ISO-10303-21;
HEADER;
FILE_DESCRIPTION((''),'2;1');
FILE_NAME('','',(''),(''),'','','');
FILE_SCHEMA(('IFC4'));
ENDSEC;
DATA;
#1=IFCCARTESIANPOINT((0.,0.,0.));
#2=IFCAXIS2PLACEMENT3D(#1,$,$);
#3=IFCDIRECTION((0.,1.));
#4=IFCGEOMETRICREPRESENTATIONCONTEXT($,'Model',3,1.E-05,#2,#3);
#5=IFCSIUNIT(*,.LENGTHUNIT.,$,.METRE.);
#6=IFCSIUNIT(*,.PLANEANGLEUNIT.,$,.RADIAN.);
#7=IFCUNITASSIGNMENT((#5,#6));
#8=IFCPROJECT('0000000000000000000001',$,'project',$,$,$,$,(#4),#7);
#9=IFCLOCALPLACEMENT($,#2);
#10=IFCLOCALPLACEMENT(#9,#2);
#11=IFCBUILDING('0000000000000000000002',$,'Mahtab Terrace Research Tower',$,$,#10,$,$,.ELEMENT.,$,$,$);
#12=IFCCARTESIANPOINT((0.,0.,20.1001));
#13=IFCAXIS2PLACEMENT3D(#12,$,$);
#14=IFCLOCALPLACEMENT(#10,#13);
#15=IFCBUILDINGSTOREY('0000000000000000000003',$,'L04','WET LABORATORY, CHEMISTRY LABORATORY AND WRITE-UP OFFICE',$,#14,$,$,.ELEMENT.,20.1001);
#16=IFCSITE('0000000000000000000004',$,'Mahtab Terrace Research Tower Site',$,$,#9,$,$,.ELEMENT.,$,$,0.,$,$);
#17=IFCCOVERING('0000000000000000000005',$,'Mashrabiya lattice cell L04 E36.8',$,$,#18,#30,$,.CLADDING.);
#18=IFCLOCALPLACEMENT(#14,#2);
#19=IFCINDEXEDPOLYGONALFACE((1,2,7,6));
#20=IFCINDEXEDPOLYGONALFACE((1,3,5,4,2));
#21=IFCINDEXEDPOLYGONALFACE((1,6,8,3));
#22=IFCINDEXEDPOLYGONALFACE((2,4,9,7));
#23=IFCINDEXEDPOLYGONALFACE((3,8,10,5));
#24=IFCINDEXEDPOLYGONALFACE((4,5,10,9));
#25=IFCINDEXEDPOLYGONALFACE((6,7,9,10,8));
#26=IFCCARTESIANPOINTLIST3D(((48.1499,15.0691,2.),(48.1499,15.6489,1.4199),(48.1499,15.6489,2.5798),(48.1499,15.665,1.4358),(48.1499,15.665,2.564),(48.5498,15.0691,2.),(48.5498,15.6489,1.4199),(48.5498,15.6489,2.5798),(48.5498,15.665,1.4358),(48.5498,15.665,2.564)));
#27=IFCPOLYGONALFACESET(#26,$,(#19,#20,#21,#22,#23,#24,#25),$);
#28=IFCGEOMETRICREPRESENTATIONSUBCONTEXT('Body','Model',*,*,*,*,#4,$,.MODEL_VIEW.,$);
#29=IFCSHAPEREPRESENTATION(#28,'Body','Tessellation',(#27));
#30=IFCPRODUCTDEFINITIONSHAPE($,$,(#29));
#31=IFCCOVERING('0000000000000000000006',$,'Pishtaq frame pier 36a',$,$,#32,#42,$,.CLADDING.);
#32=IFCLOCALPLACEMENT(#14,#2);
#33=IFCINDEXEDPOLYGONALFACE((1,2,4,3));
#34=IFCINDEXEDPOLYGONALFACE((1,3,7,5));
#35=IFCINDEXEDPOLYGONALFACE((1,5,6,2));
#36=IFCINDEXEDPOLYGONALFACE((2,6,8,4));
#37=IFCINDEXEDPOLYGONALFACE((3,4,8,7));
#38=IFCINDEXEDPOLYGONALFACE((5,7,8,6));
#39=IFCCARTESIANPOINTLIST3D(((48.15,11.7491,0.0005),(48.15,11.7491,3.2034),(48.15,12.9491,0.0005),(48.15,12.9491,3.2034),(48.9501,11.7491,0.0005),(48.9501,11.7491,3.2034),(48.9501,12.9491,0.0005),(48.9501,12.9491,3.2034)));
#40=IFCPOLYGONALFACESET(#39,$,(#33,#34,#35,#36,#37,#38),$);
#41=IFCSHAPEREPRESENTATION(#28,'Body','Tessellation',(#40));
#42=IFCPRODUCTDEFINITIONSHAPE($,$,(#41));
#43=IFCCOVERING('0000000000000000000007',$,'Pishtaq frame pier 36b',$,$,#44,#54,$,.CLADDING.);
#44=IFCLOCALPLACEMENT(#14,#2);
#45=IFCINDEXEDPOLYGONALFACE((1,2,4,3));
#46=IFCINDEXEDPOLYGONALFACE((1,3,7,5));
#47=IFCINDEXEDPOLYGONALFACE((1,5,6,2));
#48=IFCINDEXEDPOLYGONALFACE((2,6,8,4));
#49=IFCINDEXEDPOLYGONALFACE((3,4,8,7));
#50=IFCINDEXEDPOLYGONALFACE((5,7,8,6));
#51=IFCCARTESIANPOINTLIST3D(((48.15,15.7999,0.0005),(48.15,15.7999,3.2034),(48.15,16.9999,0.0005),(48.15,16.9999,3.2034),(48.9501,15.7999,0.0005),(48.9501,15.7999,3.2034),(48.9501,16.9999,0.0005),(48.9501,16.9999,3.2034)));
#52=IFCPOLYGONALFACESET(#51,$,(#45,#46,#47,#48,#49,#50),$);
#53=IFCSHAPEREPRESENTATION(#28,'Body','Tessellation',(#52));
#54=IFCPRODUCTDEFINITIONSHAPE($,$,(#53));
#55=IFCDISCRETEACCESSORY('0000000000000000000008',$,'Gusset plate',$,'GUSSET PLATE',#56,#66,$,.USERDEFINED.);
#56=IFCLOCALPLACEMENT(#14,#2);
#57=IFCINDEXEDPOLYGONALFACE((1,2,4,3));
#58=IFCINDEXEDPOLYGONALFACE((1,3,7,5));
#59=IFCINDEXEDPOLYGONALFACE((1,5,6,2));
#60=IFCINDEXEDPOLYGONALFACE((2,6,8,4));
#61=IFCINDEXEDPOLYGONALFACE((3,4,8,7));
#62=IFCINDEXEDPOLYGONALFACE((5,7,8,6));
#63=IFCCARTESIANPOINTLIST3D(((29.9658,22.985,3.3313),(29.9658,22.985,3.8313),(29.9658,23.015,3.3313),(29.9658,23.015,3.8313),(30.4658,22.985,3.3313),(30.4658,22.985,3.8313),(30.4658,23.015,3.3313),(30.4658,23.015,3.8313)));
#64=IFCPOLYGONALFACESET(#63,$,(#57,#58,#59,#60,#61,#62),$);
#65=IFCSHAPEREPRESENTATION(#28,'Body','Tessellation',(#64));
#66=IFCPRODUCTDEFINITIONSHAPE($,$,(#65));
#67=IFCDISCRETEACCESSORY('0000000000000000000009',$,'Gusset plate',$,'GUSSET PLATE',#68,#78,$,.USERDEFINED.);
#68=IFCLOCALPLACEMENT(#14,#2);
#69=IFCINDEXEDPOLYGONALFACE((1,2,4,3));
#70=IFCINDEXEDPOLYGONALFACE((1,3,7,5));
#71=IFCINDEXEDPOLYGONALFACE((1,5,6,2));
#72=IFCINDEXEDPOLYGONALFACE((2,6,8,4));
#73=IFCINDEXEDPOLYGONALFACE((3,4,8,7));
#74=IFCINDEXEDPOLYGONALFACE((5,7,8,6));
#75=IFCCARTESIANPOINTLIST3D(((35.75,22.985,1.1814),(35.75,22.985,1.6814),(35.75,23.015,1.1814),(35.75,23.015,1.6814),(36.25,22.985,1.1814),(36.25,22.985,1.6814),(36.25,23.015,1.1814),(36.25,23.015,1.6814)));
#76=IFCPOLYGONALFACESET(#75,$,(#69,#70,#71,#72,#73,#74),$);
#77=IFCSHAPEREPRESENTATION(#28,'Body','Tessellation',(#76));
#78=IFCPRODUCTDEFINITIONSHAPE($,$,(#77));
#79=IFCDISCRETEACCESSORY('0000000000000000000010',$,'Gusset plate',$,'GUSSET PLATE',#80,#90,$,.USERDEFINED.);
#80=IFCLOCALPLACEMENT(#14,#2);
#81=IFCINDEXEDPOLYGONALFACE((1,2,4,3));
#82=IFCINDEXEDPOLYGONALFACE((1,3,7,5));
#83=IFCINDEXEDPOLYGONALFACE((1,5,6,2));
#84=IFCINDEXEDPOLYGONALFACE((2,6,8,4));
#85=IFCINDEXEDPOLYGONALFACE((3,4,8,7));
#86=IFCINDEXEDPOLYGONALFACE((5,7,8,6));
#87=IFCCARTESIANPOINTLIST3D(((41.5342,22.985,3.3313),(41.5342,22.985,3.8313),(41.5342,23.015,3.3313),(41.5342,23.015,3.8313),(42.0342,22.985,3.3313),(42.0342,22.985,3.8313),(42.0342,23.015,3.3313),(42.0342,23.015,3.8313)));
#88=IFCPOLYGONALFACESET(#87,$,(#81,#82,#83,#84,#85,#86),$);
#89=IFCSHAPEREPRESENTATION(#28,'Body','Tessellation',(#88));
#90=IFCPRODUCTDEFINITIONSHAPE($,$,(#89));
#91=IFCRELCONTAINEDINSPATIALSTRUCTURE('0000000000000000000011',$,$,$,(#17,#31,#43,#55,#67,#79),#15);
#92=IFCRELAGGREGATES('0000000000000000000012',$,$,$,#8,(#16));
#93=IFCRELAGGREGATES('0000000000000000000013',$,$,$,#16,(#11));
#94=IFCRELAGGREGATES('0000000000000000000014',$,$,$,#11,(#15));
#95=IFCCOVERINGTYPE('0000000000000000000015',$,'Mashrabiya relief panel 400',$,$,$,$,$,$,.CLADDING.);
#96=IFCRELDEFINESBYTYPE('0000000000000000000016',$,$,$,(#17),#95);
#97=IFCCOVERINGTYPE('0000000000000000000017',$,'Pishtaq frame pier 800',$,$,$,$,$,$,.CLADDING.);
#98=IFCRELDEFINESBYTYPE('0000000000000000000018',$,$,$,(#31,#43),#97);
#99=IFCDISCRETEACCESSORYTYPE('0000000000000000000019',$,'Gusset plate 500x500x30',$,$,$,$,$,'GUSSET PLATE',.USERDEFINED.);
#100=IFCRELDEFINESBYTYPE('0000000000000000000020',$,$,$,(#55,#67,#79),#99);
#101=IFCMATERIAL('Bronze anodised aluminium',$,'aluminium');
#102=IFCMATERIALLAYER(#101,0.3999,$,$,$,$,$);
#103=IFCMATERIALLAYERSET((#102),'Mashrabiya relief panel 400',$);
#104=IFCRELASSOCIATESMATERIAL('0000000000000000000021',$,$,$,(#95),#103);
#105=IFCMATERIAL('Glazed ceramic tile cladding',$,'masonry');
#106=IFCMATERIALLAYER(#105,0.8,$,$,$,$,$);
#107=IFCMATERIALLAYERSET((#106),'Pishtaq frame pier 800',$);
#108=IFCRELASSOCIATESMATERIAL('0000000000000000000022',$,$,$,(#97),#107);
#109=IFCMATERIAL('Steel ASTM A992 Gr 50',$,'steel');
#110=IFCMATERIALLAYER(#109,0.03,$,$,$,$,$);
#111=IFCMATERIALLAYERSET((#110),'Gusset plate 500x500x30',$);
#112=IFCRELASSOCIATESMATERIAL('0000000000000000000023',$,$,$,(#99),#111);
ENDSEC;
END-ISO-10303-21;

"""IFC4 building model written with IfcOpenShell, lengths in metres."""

from ifc_helpers import new_model, si_unit, direction, frame, origin, origin_2d, place, context, subcontext, project, spatial, polyline, rectangle, outline, extrude, material, layer, layer_set, type_object, element, save


model = new_model("IFC4")

# Units and contexts
model_context = context("Model", 3, precision=1e-05, world=origin(), true_north=direction((0.0, 1.0)))
body_context = subcontext(model_context, "Body", "Model", "MODEL_VIEW")
ifc_project = project(units=[si_unit("LENGTHUNIT", "METRE"), si_unit("PLANEANGLEUNIT", "RADIAN")], contexts=[model_context])

# Site, building, storey
site_placement = place(None, origin())
site = spatial("IfcSite", under=ifc_project, at=site_placement, Name="Mahtab Terrace Research Tower Site", CompositionType="ELEMENT", RefElevation=0.0)
building_placement = place(site_placement, origin())
building = spatial("IfcBuilding", under=site, at=building_placement, Name="Mahtab Terrace Research Tower", CompositionType="ELEMENT")
storey_placement = place(building_placement, frame((0.0, 0.0, 20.1001)))
storey = spatial("IfcBuildingStorey", under=building, at=storey_placement, Name="L04", Description="WET LABORATORY, CHEMISTRY LABORATORY AND WRITE-UP OFFICE", CompositionType="ELEMENT", Elevation=20.1001)

# Shared definitions
ifc_material_1 = material(Name="Steel ASTM A992 Gr 50", Category="steel")

# Coverings
ifc_material_2 = material(Name="Bronze anodised aluminium", Category="aluminium")
ifc_layer_1 = layer(ifc_material_2, 0.3999)
ifc_layer_set_1 = layer_set([ifc_layer_1], Name="Mashrabiya relief panel 400")
covering_type_1 = type_object("IfcCoveringType", Name="Mashrabiya relief panel 400", PredefinedType="CLADDING", material=ifc_layer_set_1)
covering_1_placement = place(storey_placement, frame((48.1499, 15.6489, 1.4199), z_axis=(-1.0, 0.0, 0.0), x_axis=(0.0, -0.706958, 0.707256)))
element("IfcCovering", 1, at=covering_1_placement, inside=storey, type_object=covering_type_1, Name="Mashrabiya lattice cell L04 E36.8", PredefinedType="CLADDING", context=body_context, shape_type="SweptSolid", body=[
    extrude(outline(polyline([(0.0, 0.0), (0.8202, 0.0), (0.8204, 0.82), (0.7977, 0.8202), (-0.0002, 0.0226), (0.0, 0.0)])), origin(), (0.0, 0.0, -1.0), 0.3999),
])
ifc_material_3 = material(Name="Glazed ceramic tile cladding", Category="masonry")
ifc_layer_2 = layer(ifc_material_3, 0.8)
ifc_layer_set_2 = layer_set([ifc_layer_2], Name="Pishtaq frame pier 800")
covering_type_2 = type_object("IfcCoveringType", Name="Pishtaq frame pier 800", PredefinedType="CLADDING", material=ifc_layer_set_2)
for number, where, z_axis, x_axis, name in (
    (2, (48.55, 12.3491, 0.0005), (0.0, 0.0, 1.0), (0.0, 1.0, 0.0), "Pishtaq frame pier 36a"),
    (3, (48.55, 16.3999, 0.0005), (0.0, 0.0, 1.0), (0.0, 1.0, 0.0), "Pishtaq frame pier 36b"),
):
    element("IfcCovering", number, at=place(storey_placement, frame(where, z_axis=z_axis, x_axis=x_axis)), inside=storey, type_object=covering_type_2, Name=name, PredefinedType="CLADDING", context=body_context, shape_type="SweptSolid", body=[
        extrude(rectangle(XDim=1.2, YDim=0.8, at=origin_2d()), origin(), (0.0, 0.0, 1.0), 3.2029),
    ])

# Discrete accessories
ifc_layer_3 = layer(ifc_material_1, 0.03)
ifc_layer_set_3 = layer_set([ifc_layer_3], Name="Gusset plate 500x500x30")
discrete_accessory_type = type_object("IfcDiscreteAccessoryType", Name="Gusset plate 500x500x30", ElementType="GUSSET PLATE", PredefinedType="USERDEFINED", material=ifc_layer_set_3)
for number, where, z_axis, x_axis, name in (
    (4, (30.2158, 23.0, 3.3313), (0.0, 0.0, 1.0), (1.0, 0.0, 0.0), "Gusset plate"),
    (5, (36.0, 23.0, 1.1814), (0.0, 0.0, 1.0), (1.0, 0.0, 0.0), "Gusset plate"),
    (6, (41.7842, 23.0, 3.3313), (0.0, 0.0, 1.0), (1.0, 0.0, 0.0), "Gusset plate"),
):
    element("IfcDiscreteAccessory", number, at=place(storey_placement, frame(where, z_axis=z_axis, x_axis=x_axis)), inside=storey, type_object=discrete_accessory_type, Name=name, ObjectType="GUSSET PLATE", PredefinedType="USERDEFINED", context=body_context, shape_type="SweptSolid", body=[
        extrude(rectangle(XDim=0.5, YDim=0.03, at=origin_2d()), origin(), (0.0, 0.0, 1.0), 0.5),
    ])

save(model, "model.ifc")
